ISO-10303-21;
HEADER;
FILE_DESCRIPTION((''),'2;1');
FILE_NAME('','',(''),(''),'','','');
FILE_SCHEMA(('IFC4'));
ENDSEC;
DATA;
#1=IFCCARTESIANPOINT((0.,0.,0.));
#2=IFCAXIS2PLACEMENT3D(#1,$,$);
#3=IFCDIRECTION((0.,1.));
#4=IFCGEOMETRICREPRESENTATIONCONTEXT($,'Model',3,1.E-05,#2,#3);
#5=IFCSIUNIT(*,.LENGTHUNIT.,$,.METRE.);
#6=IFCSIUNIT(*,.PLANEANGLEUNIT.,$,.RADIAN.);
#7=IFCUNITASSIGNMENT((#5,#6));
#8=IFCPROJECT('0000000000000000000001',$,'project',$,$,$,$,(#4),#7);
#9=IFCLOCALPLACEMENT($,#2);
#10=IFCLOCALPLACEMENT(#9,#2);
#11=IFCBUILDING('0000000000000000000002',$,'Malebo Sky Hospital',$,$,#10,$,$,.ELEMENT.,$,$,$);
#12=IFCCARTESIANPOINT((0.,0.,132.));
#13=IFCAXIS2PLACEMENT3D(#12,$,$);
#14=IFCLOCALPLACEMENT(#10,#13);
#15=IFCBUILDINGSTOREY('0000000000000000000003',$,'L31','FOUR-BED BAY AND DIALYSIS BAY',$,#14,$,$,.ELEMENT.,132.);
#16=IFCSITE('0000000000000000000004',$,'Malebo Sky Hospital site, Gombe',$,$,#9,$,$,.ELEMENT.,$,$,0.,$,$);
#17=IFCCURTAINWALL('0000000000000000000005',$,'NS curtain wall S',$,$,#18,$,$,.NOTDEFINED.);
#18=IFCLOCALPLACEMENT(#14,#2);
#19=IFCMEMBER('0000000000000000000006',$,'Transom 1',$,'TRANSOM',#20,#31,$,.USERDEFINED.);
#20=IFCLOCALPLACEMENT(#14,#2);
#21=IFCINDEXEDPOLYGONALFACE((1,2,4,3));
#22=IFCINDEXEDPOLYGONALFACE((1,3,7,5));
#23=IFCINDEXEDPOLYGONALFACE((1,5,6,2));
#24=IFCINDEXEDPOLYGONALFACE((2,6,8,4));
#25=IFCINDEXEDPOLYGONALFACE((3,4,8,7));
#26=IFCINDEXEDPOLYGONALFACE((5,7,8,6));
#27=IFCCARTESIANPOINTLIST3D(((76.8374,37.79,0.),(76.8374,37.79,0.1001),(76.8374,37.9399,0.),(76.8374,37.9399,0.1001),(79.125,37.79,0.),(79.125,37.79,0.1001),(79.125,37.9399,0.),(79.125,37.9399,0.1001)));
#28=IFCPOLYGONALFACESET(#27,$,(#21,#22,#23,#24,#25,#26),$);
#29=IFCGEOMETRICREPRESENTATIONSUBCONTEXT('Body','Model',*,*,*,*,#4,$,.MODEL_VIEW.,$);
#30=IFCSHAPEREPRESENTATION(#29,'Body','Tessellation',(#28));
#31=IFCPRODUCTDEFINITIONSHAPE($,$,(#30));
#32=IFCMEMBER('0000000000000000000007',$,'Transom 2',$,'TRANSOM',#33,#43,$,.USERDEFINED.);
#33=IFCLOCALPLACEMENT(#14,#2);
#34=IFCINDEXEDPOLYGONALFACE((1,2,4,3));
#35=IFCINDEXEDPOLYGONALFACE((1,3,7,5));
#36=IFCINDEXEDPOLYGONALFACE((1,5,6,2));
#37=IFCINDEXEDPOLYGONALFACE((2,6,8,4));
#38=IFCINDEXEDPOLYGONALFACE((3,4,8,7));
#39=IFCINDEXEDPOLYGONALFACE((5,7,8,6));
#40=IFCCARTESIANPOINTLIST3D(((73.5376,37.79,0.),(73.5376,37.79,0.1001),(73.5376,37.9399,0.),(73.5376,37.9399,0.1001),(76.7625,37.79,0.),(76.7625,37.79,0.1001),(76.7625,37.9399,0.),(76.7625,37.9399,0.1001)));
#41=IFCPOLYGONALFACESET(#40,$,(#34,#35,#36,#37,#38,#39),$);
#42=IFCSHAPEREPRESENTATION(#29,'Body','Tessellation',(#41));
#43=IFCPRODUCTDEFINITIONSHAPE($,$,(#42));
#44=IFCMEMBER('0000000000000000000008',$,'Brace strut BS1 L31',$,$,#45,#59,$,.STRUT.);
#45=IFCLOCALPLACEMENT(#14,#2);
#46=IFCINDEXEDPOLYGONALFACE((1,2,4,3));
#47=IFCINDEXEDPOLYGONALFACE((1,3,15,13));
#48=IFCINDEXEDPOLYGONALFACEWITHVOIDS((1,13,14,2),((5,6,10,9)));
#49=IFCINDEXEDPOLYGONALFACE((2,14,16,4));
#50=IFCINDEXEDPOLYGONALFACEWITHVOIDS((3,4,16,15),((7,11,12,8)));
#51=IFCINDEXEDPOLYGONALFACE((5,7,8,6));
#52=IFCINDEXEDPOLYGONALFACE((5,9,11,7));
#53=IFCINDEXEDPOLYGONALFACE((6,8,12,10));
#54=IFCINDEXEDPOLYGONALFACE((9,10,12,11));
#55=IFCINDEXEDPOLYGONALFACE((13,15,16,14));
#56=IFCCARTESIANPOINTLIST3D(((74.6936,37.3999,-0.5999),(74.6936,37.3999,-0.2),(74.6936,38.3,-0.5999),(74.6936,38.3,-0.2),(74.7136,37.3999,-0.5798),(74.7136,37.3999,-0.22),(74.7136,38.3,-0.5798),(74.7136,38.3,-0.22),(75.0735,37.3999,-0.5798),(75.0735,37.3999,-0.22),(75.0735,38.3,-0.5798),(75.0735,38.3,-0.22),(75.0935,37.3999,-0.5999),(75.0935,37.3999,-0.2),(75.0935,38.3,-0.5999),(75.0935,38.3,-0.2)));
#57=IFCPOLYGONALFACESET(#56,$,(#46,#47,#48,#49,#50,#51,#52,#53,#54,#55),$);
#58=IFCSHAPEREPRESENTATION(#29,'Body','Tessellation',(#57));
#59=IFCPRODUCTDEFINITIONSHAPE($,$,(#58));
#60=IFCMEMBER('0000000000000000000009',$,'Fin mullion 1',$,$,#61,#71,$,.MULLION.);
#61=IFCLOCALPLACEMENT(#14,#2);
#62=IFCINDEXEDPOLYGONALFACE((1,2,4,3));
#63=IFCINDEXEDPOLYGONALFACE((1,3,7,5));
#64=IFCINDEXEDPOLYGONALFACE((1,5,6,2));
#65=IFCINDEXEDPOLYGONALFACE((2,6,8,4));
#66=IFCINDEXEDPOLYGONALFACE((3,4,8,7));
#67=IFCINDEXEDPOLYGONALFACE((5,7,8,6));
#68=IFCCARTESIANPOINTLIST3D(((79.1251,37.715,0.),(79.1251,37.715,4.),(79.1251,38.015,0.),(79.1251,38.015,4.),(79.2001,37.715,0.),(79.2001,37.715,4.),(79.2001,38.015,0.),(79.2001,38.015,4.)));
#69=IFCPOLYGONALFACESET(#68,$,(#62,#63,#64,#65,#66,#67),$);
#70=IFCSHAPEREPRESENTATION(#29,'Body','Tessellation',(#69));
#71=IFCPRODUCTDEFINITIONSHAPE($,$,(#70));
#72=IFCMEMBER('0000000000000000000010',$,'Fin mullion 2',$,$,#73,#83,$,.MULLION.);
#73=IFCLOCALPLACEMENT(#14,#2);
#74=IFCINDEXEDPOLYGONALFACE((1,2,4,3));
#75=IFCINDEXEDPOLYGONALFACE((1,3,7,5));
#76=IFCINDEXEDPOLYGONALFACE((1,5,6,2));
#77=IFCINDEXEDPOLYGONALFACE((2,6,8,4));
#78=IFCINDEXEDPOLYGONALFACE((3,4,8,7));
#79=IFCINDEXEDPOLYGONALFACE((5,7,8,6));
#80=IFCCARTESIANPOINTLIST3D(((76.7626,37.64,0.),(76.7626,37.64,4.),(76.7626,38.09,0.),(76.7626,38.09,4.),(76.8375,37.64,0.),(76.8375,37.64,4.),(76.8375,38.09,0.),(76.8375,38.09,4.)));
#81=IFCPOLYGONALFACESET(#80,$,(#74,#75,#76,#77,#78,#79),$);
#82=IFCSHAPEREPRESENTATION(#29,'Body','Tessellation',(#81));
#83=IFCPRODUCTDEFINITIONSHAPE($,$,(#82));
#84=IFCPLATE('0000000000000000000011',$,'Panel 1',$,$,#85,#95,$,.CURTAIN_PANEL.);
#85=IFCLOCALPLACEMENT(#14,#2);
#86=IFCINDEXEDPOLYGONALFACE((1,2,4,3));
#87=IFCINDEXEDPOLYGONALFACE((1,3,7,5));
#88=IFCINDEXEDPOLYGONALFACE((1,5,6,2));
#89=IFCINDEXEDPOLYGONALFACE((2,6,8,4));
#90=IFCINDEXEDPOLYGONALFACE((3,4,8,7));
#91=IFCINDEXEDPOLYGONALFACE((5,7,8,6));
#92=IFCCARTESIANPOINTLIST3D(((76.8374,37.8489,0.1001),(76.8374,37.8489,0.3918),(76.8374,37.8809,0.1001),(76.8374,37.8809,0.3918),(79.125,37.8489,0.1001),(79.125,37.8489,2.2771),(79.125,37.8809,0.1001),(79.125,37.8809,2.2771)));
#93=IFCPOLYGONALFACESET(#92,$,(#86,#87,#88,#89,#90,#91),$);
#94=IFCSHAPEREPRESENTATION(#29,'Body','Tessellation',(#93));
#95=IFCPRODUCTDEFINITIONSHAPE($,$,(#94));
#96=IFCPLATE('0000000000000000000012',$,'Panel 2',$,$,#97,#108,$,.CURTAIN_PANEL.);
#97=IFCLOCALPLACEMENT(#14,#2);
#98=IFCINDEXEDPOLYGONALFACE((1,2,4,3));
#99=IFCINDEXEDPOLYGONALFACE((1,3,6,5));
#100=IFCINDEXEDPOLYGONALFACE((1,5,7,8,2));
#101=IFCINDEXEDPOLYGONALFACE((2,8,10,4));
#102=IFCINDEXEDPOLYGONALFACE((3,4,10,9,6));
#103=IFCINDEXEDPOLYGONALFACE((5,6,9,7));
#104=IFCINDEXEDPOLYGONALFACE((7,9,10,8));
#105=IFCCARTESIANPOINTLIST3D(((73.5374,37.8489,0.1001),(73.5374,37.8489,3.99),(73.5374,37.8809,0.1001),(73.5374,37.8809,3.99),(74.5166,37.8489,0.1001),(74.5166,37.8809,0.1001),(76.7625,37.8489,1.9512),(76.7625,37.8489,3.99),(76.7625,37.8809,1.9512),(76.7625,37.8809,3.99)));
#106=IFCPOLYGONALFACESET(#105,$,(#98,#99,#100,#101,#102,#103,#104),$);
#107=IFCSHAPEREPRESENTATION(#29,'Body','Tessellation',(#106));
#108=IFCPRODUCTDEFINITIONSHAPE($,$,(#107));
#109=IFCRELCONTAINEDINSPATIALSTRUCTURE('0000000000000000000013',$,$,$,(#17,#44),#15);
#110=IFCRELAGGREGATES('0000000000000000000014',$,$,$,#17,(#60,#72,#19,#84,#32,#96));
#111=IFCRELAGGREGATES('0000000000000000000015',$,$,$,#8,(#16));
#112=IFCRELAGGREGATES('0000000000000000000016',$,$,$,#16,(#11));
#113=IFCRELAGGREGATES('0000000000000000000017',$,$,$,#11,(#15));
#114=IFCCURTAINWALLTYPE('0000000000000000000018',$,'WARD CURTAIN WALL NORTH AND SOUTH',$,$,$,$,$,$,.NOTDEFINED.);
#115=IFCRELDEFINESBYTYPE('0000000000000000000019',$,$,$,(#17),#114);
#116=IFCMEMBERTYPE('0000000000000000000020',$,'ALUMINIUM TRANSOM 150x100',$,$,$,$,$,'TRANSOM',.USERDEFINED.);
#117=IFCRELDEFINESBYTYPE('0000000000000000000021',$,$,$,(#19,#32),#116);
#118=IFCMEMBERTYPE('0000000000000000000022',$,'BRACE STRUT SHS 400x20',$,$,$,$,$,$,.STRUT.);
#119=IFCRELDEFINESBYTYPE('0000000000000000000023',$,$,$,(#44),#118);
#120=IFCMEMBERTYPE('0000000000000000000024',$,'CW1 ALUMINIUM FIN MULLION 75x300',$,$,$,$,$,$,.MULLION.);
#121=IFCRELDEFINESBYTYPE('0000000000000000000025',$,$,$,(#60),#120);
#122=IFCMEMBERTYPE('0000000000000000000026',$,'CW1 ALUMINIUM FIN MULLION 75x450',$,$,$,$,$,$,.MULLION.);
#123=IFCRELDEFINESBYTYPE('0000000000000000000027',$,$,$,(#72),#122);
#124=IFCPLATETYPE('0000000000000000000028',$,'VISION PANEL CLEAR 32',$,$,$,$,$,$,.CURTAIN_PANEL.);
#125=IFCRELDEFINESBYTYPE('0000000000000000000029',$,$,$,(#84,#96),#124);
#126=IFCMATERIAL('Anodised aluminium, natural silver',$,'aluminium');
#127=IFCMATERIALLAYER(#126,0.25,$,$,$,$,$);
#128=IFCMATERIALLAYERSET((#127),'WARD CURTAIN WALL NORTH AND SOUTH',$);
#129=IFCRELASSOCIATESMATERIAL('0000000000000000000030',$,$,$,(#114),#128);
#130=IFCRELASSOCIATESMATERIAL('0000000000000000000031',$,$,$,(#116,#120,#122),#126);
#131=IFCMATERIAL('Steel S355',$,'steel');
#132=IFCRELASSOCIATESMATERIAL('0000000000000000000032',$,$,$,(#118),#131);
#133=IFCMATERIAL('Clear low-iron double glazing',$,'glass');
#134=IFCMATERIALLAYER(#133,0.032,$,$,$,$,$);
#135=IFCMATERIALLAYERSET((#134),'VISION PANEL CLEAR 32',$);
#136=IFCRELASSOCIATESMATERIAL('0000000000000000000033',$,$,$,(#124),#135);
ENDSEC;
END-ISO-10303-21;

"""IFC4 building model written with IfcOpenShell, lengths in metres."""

from ifc_helpers import new_model, si_unit, direction, frame, origin, origin_2d, place, context, subcontext, project, spatial, polyline, rectangle, hollow_rectangle, outline, extrude, material, layer, layer_set, material_profile, profile_set, type_object, element, aggregate, save


model = new_model("IFC4")

# Units and contexts
model_context = context("Model", 3, precision=1e-05, world=origin(), true_north=direction((0.0, 1.0)))
body_context = subcontext(model_context, "Body", "Model", "MODEL_VIEW")
ifc_project = project(units=[si_unit("LENGTHUNIT", "METRE"), si_unit("PLANEANGLEUNIT", "RADIAN")], contexts=[model_context])

# Site, building, storey
site_placement = place(None, origin())
site = spatial("IfcSite", under=ifc_project, at=site_placement, Name="Malebo Sky Hospital site, Gombe", CompositionType="ELEMENT", RefElevation=0.0)
building_placement = place(site_placement, origin())
building = spatial("IfcBuilding", under=site, at=building_placement, Name="Malebo Sky Hospital", CompositionType="ELEMENT")
storey_placement = place(building_placement, frame((0.0, 0.0, 132.0)))
storey = spatial("IfcBuildingStorey", under=building, at=storey_placement, Name="L31", Description="FOUR-BED BAY AND DIALYSIS BAY", CompositionType="ELEMENT", Elevation=132.0)

# Curtain wall, members
ifc_material_1 = material(Name="Anodised aluminium, natural silver", Category="aluminium")
ifc_layer_1 = layer(ifc_material_1, 0.25)
ifc_layer_set_1 = layer_set([ifc_layer_1], Name="WARD CURTAIN WALL NORTH AND SOUTH")
curtain_wall_type = type_object("IfcCurtainWallType", Name="WARD CURTAIN WALL NORTH AND SOUTH", PredefinedType="NOTDEFINED", material=ifc_layer_set_1)
curtain_wall_placement = place(storey_placement, origin())
curtain_wall = element("IfcCurtainWall", 1, at=curtain_wall_placement, inside=storey, type_object=curtain_wall_type, Name="NS curtain wall S", PredefinedType="NOTDEFINED")
ifc_material_profile_1 = material_profile(ifc_material_1, rectangle(XDim=0.1499, YDim=0.1001, at=origin_2d()), Name="ALUMINIUM TRANSOM 150x100")
ifc_profile_set_1 = profile_set([ifc_material_profile_1], Name="Anodised aluminium, natural silver")
member_type_1 = type_object("IfcMemberType", Name="ALUMINIUM TRANSOM 150x100", ElementType="TRANSOM", PredefinedType="USERDEFINED", material=ifc_profile_set_1)
member_1_placement = place(storey_placement, frame((79.125, 37.865, 0.05), z_axis=(-1.0, 0.0, 0.0), x_axis=(0.0, -1.0, 0.0)))
member_1 = element("IfcMember", 2, at=member_1_placement, type_object=member_type_1, Name="Transom 1", ObjectType="TRANSOM", PredefinedType="USERDEFINED", context=body_context, shape_type="SweptSolid", body=[
    extrude(rectangle(XDim=0.1499, YDim=0.1001, at=origin_2d()), origin(), (0.0, 0.0, 1.0), 2.2876),
])
member_2_placement = place(storey_placement, frame((76.7625, 37.865, 0.05), z_axis=(-1.0, 0.0, 0.0), x_axis=(0.0, -1.0, 0.0)))
member_2 = element("IfcMember", 3, at=member_2_placement, type_object=member_type_1, Name="Transom 2", ObjectType="TRANSOM", PredefinedType="USERDEFINED", context=body_context, shape_type="SweptSolid", body=[
    extrude(rectangle(XDim=0.1499, YDim=0.1001, at=origin_2d()), origin(), (0.0, 0.0, 1.0), 3.2249),
])

# Members
ifc_material_2 = material(Name="Steel S355", Category="steel")
ifc_material_profile_2 = material_profile(ifc_material_2, hollow_rectangle(XDim=0.3999, YDim=0.3999, WallThickness=0.02, at=origin_2d()), Name="SHS 400x20")
ifc_profile_set_2 = profile_set([ifc_material_profile_2], Name="Steel S355")
member_type_2 = type_object("IfcMemberType", Name="BRACE STRUT SHS 400x20", PredefinedType="STRUT", material=ifc_profile_set_2)
member_3_placement = place(storey_placement, frame((74.8936, 37.3999, -0.3999), z_axis=(0.0, 1.0, 0.0), x_axis=(-1.0, 0.0, 0.0)))
element("IfcMember", 4, at=member_3_placement, inside=storey, type_object=member_type_2, Name="Brace strut BS1 L31", PredefinedType="STRUT", context=body_context, shape_type="SweptSolid", body=[
    extrude(hollow_rectangle(XDim=0.3999, YDim=0.3999, WallThickness=0.02, at=origin_2d()), origin(), (0.0, 0.0, 1.0), 0.9001),
])
ifc_material_profile_3 = material_profile(ifc_material_1, rectangle(XDim=0.075, YDim=0.3, at=origin_2d()), Name="CW1 ALUMINIUM FIN MULLION 75x300")
ifc_profile_set_3 = profile_set([ifc_material_profile_3], Name="Anodised aluminium, natural silver")
member_type_3 = type_object("IfcMemberType", Name="CW1 ALUMINIUM FIN MULLION 75x300", PredefinedType="MULLION", material=ifc_profile_set_3)
member_4_placement = place(storey_placement, frame((79.1626, 37.865, 0.0), z_axis=(0.0, 0.0, 1.0), x_axis=(-1.0, 0.0, 0.0)))
member_4 = element("IfcMember", 5, at=member_4_placement, type_object=member_type_3, Name="Fin mullion 1", PredefinedType="MULLION", context=body_context, shape_type="SweptSolid", body=[
    extrude(rectangle(XDim=0.075, YDim=0.3, at=origin_2d()), origin(), (0.0, 0.0, 1.0), 4.0),
])
ifc_material_profile_4 = material_profile(ifc_material_1, rectangle(XDim=0.075, YDim=0.45, at=origin_2d()), Name="CW1 ALUMINIUM FIN MULLION 75x450")
ifc_profile_set_4 = profile_set([ifc_material_profile_4], Name="Anodised aluminium, natural silver")
member_type_4 = type_object("IfcMemberType", Name="CW1 ALUMINIUM FIN MULLION 75x450", PredefinedType="MULLION", material=ifc_profile_set_4)
member_5_placement = place(storey_placement, frame((76.8, 37.865, 0.0), z_axis=(0.0, 0.0, 1.0), x_axis=(-1.0, 0.0, 0.0)))
member_5 = element("IfcMember", 6, at=member_5_placement, type_object=member_type_4, Name="Fin mullion 2", PredefinedType="MULLION", context=body_context, shape_type="SweptSolid", body=[
    extrude(rectangle(XDim=0.075, YDim=0.45, at=origin_2d()), origin(), (0.0, 0.0, 1.0), 4.0),
])

# Plates
ifc_material_3 = material(Name="Clear low-iron double glazing", Category="glass")
ifc_layer_2 = layer(ifc_material_3, 0.032)
ifc_layer_set_2 = layer_set([ifc_layer_2], Name="VISION PANEL CLEAR 32")
plate_type = type_object("IfcPlateType", Name="VISION PANEL CLEAR 32", PredefinedType="CURTAIN_PANEL", material=ifc_layer_set_2)
plate_1_placement = place(storey_placement, frame((77.9812, 37.865, 0.1001), z_axis=(0.0, 0.0, 1.0), x_axis=(-1.0, 0.0, 0.0)))
plate_1 = element("IfcPlate", 7, at=plate_1_placement, type_object=plate_type, Name="Panel 1", PredefinedType="CURTAIN_PANEL", context=body_context, shape_type="SweptSolid", body=[
    extrude(outline(polyline([(-1.1438, 0.0), (1.1438, 0.0), (1.1438, 0.2917), (-1.1438, 2.177), (-1.1438, 0.0)])), frame((0.0, 0.0161, 0.0), z_axis=(0.0, -1.0, 0.0), x_axis=(1.0, 0.0, 0.0)), (0.0, 0.0, 1.0), 0.032),
])
plate_2_placement = place(storey_placement, frame((75.1499, 37.865, 0.1001), z_axis=(0.0, 0.0, 1.0), x_axis=(-1.0, 0.0, 0.0)))
plate_2 = element("IfcPlate", 8, at=plate_2_placement, type_object=plate_type, Name="Panel 2", PredefinedType="CURTAIN_PANEL", context=body_context, shape_type="SweptSolid", body=[
    extrude(outline(polyline([(0.6333, 0.0), (1.6125, 0.0), (1.6125, 3.8899), (-1.6125, 3.8899), (-1.6125, 1.8511), (0.6333, 0.0)])), frame((0.0, 0.0161, 0.0), z_axis=(0.0, -1.0, 0.0), x_axis=(1.0, 0.0, 0.0)), (0.0, 0.0, 1.0), 0.032),
])
aggregate(curtain_wall, [member_4, member_5, member_1, plate_1, member_2, plate_2])

save(model, "model.ifc")
